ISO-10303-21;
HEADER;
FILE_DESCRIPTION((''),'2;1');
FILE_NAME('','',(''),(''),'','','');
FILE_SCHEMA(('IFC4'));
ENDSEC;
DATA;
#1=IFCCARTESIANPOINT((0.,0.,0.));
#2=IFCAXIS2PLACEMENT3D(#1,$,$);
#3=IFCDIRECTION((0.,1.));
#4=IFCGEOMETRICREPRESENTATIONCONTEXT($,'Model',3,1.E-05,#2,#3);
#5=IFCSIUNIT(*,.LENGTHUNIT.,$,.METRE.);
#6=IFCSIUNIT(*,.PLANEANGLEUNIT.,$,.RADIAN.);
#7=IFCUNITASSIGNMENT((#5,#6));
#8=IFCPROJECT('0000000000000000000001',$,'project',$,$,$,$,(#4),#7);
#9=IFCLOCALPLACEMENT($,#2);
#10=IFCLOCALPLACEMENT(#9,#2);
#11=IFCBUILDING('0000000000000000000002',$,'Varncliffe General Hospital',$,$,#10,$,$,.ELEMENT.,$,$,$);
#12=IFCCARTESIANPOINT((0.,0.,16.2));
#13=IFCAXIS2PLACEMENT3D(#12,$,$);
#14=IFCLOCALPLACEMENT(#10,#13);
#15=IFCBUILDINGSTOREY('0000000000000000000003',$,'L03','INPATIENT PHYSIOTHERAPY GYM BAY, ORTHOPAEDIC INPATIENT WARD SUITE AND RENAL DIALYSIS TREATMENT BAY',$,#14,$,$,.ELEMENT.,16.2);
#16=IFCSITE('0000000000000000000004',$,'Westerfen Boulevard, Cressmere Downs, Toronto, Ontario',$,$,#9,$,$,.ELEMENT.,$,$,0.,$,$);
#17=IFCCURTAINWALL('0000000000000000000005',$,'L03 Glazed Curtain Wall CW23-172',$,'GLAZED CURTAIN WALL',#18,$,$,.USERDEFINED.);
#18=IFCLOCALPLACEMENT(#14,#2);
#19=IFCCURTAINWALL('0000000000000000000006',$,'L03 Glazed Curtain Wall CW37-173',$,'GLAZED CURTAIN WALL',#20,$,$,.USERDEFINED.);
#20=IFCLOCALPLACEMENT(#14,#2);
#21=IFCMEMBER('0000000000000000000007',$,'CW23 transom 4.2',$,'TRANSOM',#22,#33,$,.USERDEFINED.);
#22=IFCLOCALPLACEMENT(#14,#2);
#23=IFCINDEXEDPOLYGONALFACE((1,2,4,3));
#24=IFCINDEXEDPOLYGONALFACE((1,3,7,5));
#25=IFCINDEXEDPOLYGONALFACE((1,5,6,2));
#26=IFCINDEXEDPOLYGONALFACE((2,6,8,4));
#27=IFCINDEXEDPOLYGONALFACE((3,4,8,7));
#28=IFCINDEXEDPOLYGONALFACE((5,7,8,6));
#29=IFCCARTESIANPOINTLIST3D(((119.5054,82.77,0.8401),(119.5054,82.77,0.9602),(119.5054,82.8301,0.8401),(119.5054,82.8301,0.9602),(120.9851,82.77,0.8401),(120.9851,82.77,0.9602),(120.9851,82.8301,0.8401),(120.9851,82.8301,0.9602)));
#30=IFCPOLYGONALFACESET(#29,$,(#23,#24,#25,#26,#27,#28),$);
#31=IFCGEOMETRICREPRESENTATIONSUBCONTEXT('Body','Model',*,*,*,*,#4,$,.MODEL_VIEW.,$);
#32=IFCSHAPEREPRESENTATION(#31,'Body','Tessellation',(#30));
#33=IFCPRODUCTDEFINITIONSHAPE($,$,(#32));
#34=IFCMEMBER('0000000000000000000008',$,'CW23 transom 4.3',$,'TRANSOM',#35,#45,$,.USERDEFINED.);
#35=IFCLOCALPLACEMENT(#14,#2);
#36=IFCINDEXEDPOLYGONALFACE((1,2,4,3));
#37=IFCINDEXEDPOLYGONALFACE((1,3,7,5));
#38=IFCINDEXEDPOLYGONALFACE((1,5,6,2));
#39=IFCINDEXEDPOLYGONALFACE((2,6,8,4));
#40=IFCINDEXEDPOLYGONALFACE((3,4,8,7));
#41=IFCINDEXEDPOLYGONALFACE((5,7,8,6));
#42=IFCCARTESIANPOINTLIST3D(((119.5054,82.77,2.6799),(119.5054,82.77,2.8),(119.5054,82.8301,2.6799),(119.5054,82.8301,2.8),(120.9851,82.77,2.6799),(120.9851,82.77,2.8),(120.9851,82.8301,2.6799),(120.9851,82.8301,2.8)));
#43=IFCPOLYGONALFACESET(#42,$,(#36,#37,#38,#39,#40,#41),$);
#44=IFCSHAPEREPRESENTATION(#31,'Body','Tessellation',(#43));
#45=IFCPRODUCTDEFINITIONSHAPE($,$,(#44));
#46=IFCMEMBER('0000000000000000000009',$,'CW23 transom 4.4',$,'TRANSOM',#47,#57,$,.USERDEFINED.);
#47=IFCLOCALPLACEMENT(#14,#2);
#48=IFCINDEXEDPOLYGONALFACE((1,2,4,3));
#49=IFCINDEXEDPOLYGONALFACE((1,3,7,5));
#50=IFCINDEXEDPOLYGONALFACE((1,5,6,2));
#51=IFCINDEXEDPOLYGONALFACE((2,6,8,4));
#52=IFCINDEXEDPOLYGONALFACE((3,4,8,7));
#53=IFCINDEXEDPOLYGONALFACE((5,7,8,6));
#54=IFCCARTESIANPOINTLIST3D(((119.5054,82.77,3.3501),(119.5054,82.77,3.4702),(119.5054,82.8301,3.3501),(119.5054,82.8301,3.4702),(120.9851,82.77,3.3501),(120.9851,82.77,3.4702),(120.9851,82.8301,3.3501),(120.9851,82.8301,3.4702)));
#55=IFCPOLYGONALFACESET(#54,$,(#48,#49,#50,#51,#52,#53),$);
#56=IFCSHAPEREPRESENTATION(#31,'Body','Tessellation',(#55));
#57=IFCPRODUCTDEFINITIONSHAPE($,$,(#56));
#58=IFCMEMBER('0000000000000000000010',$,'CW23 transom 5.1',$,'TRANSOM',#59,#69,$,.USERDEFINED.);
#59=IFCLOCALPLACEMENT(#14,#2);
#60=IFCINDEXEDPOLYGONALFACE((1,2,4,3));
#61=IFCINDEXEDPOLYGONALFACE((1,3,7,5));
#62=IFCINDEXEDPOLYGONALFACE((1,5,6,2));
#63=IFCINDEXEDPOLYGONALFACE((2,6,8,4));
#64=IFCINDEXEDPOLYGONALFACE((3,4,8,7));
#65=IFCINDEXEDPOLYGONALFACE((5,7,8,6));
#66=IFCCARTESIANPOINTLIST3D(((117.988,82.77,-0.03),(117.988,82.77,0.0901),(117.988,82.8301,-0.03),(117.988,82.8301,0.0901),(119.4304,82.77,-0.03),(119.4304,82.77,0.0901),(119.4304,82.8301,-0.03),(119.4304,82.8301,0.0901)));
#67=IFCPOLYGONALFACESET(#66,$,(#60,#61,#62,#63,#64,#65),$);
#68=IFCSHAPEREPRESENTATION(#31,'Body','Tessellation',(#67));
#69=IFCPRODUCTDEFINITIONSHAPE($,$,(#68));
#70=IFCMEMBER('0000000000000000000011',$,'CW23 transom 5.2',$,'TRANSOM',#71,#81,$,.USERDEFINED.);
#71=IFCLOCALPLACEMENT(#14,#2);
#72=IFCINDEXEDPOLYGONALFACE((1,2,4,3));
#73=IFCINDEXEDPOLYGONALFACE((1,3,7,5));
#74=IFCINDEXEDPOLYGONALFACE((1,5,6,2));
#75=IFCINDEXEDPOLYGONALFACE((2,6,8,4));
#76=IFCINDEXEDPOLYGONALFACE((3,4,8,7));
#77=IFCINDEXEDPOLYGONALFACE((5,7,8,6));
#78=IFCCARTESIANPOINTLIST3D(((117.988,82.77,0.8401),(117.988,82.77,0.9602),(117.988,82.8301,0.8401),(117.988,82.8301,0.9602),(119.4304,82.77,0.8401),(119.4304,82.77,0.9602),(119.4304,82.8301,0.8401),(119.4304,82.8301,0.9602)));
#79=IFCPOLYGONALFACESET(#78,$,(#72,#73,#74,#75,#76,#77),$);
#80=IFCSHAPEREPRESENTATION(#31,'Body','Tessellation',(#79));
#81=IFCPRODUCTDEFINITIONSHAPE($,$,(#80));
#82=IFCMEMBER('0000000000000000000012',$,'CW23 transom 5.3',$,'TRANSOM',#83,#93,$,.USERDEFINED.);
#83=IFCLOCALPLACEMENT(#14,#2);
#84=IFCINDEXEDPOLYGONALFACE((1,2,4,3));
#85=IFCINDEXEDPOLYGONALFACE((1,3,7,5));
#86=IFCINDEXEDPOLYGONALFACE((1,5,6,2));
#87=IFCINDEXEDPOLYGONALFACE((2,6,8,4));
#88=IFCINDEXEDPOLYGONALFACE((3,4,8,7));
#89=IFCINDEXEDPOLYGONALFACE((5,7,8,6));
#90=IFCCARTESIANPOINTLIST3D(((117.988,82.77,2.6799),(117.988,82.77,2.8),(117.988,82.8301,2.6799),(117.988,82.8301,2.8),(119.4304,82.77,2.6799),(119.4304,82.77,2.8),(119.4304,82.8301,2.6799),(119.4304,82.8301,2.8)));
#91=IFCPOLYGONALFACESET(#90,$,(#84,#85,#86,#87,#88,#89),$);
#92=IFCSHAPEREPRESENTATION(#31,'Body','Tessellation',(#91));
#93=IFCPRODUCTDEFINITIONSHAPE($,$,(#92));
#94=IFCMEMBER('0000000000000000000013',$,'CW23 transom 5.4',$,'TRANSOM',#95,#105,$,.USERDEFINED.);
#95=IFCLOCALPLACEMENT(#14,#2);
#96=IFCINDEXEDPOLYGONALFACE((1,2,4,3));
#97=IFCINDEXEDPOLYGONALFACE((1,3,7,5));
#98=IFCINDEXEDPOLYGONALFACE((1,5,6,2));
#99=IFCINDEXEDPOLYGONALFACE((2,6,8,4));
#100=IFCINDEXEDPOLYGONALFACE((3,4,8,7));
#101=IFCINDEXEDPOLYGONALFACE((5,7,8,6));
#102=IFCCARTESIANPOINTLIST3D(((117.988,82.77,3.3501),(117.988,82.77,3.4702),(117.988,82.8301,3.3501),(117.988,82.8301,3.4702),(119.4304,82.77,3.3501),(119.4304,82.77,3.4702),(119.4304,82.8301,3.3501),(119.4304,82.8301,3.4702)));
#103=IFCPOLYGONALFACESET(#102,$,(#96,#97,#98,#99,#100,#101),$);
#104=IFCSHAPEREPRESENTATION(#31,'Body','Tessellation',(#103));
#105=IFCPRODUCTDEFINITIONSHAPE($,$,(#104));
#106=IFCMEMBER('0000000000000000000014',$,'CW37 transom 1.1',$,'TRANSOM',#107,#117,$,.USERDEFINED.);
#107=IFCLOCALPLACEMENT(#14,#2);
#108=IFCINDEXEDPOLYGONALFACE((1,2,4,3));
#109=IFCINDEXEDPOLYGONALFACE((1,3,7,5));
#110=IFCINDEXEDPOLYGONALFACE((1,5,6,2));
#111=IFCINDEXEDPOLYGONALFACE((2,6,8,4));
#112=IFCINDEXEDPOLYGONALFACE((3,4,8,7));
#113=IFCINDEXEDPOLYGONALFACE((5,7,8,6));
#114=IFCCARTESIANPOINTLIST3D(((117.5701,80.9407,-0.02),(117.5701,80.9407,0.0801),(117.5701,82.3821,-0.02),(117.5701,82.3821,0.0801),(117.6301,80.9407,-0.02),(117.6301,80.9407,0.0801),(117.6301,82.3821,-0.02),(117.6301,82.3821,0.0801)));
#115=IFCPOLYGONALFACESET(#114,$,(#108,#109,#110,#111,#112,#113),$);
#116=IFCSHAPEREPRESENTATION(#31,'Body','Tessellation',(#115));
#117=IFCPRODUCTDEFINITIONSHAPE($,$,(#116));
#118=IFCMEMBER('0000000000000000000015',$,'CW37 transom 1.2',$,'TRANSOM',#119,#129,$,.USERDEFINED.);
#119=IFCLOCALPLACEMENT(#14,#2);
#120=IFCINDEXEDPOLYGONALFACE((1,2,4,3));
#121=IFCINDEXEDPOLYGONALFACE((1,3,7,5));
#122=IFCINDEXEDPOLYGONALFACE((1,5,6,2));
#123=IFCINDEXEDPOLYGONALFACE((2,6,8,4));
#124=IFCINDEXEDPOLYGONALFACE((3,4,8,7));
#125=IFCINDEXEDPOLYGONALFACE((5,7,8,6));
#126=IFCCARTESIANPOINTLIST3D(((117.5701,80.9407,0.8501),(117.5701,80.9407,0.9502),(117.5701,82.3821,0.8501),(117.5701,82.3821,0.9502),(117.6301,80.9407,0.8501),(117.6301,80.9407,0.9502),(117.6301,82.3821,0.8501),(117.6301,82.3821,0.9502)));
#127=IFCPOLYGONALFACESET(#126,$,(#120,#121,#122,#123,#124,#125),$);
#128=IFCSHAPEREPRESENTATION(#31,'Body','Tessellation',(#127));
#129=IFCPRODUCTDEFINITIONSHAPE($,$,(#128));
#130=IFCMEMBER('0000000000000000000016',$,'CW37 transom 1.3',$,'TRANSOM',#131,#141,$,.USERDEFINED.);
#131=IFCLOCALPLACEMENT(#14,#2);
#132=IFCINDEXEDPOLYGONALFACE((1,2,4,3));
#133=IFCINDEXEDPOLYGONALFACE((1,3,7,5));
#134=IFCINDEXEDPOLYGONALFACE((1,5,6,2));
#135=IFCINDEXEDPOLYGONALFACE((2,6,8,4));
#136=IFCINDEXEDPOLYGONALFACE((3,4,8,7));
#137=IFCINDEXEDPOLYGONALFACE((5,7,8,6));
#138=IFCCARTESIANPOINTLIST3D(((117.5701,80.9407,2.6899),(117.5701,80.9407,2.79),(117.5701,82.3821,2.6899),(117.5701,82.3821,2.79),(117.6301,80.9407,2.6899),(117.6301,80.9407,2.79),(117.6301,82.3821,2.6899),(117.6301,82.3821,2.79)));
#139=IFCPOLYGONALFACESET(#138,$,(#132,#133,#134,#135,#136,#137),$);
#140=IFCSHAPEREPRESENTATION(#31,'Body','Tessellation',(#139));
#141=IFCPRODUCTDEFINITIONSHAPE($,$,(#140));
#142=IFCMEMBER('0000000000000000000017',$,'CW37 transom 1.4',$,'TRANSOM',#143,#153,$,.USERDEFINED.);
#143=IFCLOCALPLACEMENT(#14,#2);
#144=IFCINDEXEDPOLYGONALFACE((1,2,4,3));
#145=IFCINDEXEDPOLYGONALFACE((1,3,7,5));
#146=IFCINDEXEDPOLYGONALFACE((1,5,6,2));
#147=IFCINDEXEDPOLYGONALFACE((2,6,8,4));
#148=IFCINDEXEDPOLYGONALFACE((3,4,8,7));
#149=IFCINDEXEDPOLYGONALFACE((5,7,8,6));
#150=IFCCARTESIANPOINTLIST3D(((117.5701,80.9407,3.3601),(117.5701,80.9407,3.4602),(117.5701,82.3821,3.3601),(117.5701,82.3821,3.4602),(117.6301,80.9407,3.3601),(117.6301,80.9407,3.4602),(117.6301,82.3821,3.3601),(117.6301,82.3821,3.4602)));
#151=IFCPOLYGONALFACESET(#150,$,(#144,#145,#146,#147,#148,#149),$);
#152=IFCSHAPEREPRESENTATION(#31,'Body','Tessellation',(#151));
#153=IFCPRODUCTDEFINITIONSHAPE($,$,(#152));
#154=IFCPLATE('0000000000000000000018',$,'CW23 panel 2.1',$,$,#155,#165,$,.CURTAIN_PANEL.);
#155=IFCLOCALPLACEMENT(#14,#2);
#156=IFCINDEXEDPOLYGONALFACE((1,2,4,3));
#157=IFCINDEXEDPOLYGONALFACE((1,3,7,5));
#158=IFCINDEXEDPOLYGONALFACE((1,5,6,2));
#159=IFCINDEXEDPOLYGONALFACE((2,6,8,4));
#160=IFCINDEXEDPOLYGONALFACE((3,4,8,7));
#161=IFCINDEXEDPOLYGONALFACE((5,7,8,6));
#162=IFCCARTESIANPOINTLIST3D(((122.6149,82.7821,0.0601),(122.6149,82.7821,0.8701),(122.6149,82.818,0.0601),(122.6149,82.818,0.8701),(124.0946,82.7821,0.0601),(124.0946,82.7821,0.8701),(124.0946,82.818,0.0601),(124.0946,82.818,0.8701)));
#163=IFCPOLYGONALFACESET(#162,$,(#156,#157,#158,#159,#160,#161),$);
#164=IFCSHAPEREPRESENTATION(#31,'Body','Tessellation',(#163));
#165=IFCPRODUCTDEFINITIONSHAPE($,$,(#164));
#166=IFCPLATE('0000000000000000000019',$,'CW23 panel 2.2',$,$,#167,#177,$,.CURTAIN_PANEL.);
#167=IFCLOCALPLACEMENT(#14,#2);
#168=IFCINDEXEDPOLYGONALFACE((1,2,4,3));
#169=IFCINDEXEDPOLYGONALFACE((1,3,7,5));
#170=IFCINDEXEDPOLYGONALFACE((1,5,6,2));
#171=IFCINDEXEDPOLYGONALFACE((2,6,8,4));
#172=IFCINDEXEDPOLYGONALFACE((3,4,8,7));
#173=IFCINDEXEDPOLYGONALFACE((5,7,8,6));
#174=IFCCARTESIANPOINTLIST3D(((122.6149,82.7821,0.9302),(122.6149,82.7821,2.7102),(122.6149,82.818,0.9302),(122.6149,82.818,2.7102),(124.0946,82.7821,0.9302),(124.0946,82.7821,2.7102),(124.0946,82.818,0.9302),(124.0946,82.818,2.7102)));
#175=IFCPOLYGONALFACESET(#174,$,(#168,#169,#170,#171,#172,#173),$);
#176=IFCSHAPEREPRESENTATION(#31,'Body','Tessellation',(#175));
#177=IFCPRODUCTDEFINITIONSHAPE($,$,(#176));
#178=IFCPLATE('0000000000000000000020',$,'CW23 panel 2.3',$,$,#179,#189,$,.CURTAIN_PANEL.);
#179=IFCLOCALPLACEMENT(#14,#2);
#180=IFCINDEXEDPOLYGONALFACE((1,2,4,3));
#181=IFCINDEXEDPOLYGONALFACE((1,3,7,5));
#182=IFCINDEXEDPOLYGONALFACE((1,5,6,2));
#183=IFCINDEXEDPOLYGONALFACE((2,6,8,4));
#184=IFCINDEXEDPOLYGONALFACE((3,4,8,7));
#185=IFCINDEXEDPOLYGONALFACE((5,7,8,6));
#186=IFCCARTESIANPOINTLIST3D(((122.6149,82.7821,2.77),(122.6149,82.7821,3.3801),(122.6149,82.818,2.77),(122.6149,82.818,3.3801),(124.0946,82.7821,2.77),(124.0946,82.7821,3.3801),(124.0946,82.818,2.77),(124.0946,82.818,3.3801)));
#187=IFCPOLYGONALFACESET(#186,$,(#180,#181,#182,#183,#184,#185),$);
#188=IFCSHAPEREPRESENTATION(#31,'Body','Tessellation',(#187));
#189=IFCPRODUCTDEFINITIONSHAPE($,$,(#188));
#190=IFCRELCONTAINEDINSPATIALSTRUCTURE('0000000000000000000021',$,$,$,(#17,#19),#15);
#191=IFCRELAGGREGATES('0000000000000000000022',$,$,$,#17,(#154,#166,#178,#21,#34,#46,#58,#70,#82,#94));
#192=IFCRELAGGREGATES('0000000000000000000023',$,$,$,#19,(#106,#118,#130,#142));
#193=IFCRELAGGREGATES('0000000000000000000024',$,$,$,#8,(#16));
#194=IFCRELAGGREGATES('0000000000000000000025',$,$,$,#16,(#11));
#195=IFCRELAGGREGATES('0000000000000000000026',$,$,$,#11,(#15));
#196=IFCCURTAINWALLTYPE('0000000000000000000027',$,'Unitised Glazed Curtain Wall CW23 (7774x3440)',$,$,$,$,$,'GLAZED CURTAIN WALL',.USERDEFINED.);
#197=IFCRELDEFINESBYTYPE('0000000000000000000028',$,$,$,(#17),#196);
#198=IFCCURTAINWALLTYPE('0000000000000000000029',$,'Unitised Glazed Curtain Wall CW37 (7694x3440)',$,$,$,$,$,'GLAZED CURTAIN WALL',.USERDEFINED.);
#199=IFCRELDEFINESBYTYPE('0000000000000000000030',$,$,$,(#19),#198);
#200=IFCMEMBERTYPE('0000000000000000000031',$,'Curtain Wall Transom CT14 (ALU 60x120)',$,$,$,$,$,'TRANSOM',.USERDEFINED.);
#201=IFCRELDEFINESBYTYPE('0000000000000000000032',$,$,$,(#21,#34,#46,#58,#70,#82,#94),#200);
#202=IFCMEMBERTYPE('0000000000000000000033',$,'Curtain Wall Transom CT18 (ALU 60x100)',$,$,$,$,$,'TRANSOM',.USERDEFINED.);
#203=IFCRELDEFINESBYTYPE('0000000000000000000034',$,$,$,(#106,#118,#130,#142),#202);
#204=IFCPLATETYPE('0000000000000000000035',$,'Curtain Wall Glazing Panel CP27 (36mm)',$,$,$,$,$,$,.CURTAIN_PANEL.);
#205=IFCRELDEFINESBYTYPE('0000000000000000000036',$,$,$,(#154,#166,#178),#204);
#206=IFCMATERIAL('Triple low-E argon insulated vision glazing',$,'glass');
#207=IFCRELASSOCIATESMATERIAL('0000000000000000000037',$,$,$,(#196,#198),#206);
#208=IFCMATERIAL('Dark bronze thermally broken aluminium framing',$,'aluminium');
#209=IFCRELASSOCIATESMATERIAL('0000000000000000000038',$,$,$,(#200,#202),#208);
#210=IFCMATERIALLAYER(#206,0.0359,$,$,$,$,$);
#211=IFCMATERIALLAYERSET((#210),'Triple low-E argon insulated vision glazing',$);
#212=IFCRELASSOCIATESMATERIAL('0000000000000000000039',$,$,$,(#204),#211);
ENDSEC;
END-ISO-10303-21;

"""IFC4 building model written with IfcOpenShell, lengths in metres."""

from ifc_helpers import new_model, si_unit, direction, frame, origin, origin_2d, place, context, subcontext, project, spatial, rectangle, extrude, material, layer, layer_set, material_profile, profile_set, type_object, element, aggregate, save


model = new_model("IFC4")

# Units and contexts
model_context = context("Model", 3, precision=1e-05, world=origin(), true_north=direction((0.0, 1.0)))
body_context = subcontext(model_context, "Body", "Model", "MODEL_VIEW")
ifc_project = project(units=[si_unit("LENGTHUNIT", "METRE"), si_unit("PLANEANGLEUNIT", "RADIAN")], contexts=[model_context])

# Site, building, storey
site_placement = place(None, origin())
site = spatial("IfcSite", under=ifc_project, at=site_placement, Name="Westerfen Boulevard, Cressmere Downs, Toronto, Ontario", CompositionType="ELEMENT", RefElevation=0.0)
building_placement = place(site_placement, origin())
building = spatial("IfcBuilding", under=site, at=building_placement, Name="Varncliffe General Hospital", CompositionType="ELEMENT")
storey_placement = place(building_placement, frame((0.0, 0.0, 16.2)))
storey = spatial("IfcBuildingStorey", under=building, at=storey_placement, Name="L03", Description="INPATIENT PHYSIOTHERAPY GYM BAY, ORTHOPAEDIC INPATIENT WARD SUITE AND RENAL DIALYSIS TREATMENT BAY", CompositionType="ELEMENT", Elevation=16.2)

# Curtain wall
ifc_material_1 = material(Name="Triple low-E argon insulated vision glazing", Category="glass")
curtain_wall_type_1 = type_object("IfcCurtainWallType", Name="Unitised Glazed Curtain Wall CW23 (7774x3440)", ElementType="GLAZED CURTAIN WALL", PredefinedType="USERDEFINED", material=ifc_material_1)
curtain_wall_1_placement = place(storey_placement, origin())
curtain_wall_1 = element("IfcCurtainWall", 1, at=curtain_wall_1_placement, inside=storey, type_object=curtain_wall_type_1, Name="L03 Glazed Curtain Wall CW23-172", ObjectType="GLAZED CURTAIN WALL", PredefinedType="USERDEFINED")
ifc_material_2 = material(Name="Dark bronze thermally broken aluminium framing", Category="aluminium")

# Curtain wall
curtain_wall_type_2 = type_object("IfcCurtainWallType", Name="Unitised Glazed Curtain Wall CW37 (7694x3440)", ElementType="GLAZED CURTAIN WALL", PredefinedType="USERDEFINED", material=ifc_material_1)
curtain_wall_2_placement = place(storey_placement, origin())
curtain_wall_2 = element("IfcCurtainWall", 2, at=curtain_wall_2_placement, inside=storey, type_object=curtain_wall_type_2, Name="L03 Glazed Curtain Wall CW37-173", ObjectType="GLAZED CURTAIN WALL", PredefinedType="USERDEFINED")

# Members
ifc_material_profile_1 = material_profile(ifc_material_2, rectangle(XDim=0.0601, YDim=0.1201, at=origin_2d()), Name="ALU 60x120")
ifc_profile_set_1 = profile_set([ifc_material_profile_1], Name="Dark bronze thermally broken aluminium framing")
member_type_1 = type_object("IfcMemberType", Name="Curtain Wall Transom CT14 (ALU 60x120)", ElementType="TRANSOM", PredefinedType="USERDEFINED", material=ifc_profile_set_1)
member_1_placement = place(storey_placement, frame((120.9851, 82.8, 0.9001), z_axis=(-1.0, 0.0, 0.0), x_axis=(0.0, -1.0, 0.0)))
member_1 = element("IfcMember", 3, at=member_1_placement, type_object=member_type_1, Name="CW23 transom 4.2", ObjectType="TRANSOM", PredefinedType="USERDEFINED", context=body_context, shape_type="SweptSolid", body=[
    extrude(rectangle(XDim=0.0601, YDim=0.1201, at=origin_2d()), origin(), (0.0, 0.0, 1.0), 1.4797),
])
member_2_placement = place(storey_placement, frame((120.9851, 82.8, 2.74), z_axis=(-1.0, 0.0, 0.0), x_axis=(0.0, -1.0, 0.0)))
member_2 = element("IfcMember", 4, at=member_2_placement, type_object=member_type_1, Name="CW23 transom 4.3", ObjectType="TRANSOM", PredefinedType="USERDEFINED", context=body_context, shape_type="SweptSolid", body=[
    extrude(rectangle(XDim=0.0601, YDim=0.1201, at=origin_2d()), origin(), (0.0, 0.0, 1.0), 1.4797),
])
member_3_placement = place(storey_placement, frame((120.9851, 82.8, 3.4102), z_axis=(-1.0, 0.0, 0.0), x_axis=(0.0, -1.0, 0.0)))
member_3 = element("IfcMember", 5, at=member_3_placement, type_object=member_type_1, Name="CW23 transom 4.4", ObjectType="TRANSOM", PredefinedType="USERDEFINED", context=body_context, shape_type="SweptSolid", body=[
    extrude(rectangle(XDim=0.0601, YDim=0.1201, at=origin_2d()), origin(), (0.0, 0.0, 1.0), 1.4797),
])
member_4_placement = place(storey_placement, frame((119.4304, 82.8, 0.03), z_axis=(-1.0, 0.0, 0.0), x_axis=(0.0, -1.0, 0.0)))
member_4 = element("IfcMember", 6, at=member_4_placement, type_object=member_type_1, Name="CW23 transom 5.1", ObjectType="TRANSOM", PredefinedType="USERDEFINED", context=body_context, shape_type="SweptSolid", body=[
    extrude(rectangle(XDim=0.0601, YDim=0.1201, at=origin_2d()), origin(), (0.0, 0.0, 1.0), 1.4424),
])
member_5_placement = place(storey_placement, frame((119.4304, 82.8, 0.9001), z_axis=(-1.0, 0.0, 0.0), x_axis=(0.0, -1.0, 0.0)))
member_5 = element("IfcMember", 7, at=member_5_placement, type_object=member_type_1, Name="CW23 transom 5.2", ObjectType="TRANSOM", PredefinedType="USERDEFINED", context=body_context, shape_type="SweptSolid", body=[
    extrude(rectangle(XDim=0.0601, YDim=0.1201, at=origin_2d()), origin(), (0.0, 0.0, 1.0), 1.4424),
])
member_6_placement = place(storey_placement, frame((119.4304, 82.8, 2.74), z_axis=(-1.0, 0.0, 0.0), x_axis=(0.0, -1.0, 0.0)))
member_6 = element("IfcMember", 8, at=member_6_placement, type_object=member_type_1, Name="CW23 transom 5.3", ObjectType="TRANSOM", PredefinedType="USERDEFINED", context=body_context, shape_type="SweptSolid", body=[
    extrude(rectangle(XDim=0.0601, YDim=0.1201, at=origin_2d()), origin(), (0.0, 0.0, 1.0), 1.4424),
])
member_7_placement = place(storey_placement, frame((119.4304, 82.8, 3.4102), z_axis=(-1.0, 0.0, 0.0), x_axis=(0.0, -1.0, 0.0)))
member_7 = element("IfcMember", 9, at=member_7_placement, type_object=member_type_1, Name="CW23 transom 5.4", ObjectType="TRANSOM", PredefinedType="USERDEFINED", context=body_context, shape_type="SweptSolid", body=[
    extrude(rectangle(XDim=0.0601, YDim=0.1201, at=origin_2d()), origin(), (0.0, 0.0, 1.0), 1.4424),
])
ifc_material_profile_2 = material_profile(ifc_material_2, rectangle(XDim=0.0601, YDim=0.1001, at=origin_2d()), Name="ALU 60x100")
ifc_profile_set_2 = profile_set([ifc_material_profile_2], Name="Dark bronze thermally broken aluminium framing")
member_type_2 = type_object("IfcMemberType", Name="Curtain Wall Transom CT18 (ALU 60x100)", ElementType="TRANSOM", PredefinedType="USERDEFINED", material=ifc_profile_set_2)
member_8_placement = place(storey_placement, frame((117.6001, 82.3821, 0.03), z_axis=(0.0, -1.0, 0.0), x_axis=(1.0, 0.0, 0.0)))
member_8 = element("IfcMember", 10, at=member_8_placement, type_object=member_type_2, Name="CW37 transom 1.1", ObjectType="TRANSOM", PredefinedType="USERDEFINED", context=body_context, shape_type="SweptSolid", body=[
    extrude(rectangle(XDim=0.0601, YDim=0.1001, at=origin_2d()), origin(), (0.0, 0.0, 1.0), 1.4414),
])
member_9_placement = place(storey_placement, frame((117.6001, 82.3821, 0.9001), z_axis=(0.0, -1.0, 0.0), x_axis=(1.0, 0.0, 0.0)))
member_9 = element("IfcMember", 11, at=member_9_placement, type_object=member_type_2, Name="CW37 transom 1.2", ObjectType="TRANSOM", PredefinedType="USERDEFINED", context=body_context, shape_type="SweptSolid", body=[
    extrude(rectangle(XDim=0.0601, YDim=0.1001, at=origin_2d()), origin(), (0.0, 0.0, 1.0), 1.4414),
])
member_10_placement = place(storey_placement, frame((117.6001, 82.3821, 2.74), z_axis=(0.0, -1.0, 0.0), x_axis=(1.0, 0.0, 0.0)))
member_10 = element("IfcMember", 12, at=member_10_placement, type_object=member_type_2, Name="CW37 transom 1.3", ObjectType="TRANSOM", PredefinedType="USERDEFINED", context=body_context, shape_type="SweptSolid", body=[
    extrude(rectangle(XDim=0.0601, YDim=0.1001, at=origin_2d()), origin(), (0.0, 0.0, 1.0), 1.4414),
])
member_11_placement = place(storey_placement, frame((117.6001, 82.3821, 3.4102), z_axis=(0.0, -1.0, 0.0), x_axis=(1.0, 0.0, 0.0)))
member_11 = element("IfcMember", 13, at=member_11_placement, type_object=member_type_2, Name="CW37 transom 1.4", ObjectType="TRANSOM", PredefinedType="USERDEFINED", context=body_context, shape_type="SweptSolid", body=[
    extrude(rectangle(XDim=0.0601, YDim=0.1001, at=origin_2d()), origin(), (0.0, 0.0, 1.0), 1.4414),
])

# Plates
ifc_layer_1 = layer(ifc_material_1, 0.0359)
ifc_layer_set_1 = layer_set([ifc_layer_1], Name="Triple low-E argon insulated vision glazing")
plate_type_1 = type_object("IfcPlateType", Name="Curtain Wall Glazing Panel CP27 (36mm)", PredefinedType="CURTAIN_PANEL", material=ifc_layer_set_1)
plate_1_placement = place(storey_placement, frame((123.3547, 82.8, 0.0601), z_axis=(0.0, 0.0, 1.0), x_axis=(-1.0, 0.0, 0.0)))
plate_1 = element("IfcPlate", 14, at=plate_1_placement, type_object=plate_type_1, Name="CW23 panel 2.1", PredefinedType="CURTAIN_PANEL", context=body_context, shape_type="SweptSolid", body=[
    extrude(rectangle(XDim=1.4797, YDim=0.0359, at=origin_2d()), origin(), (0.0, 0.0, 1.0), 0.8101),
])
plate_2_placement = place(storey_placement, frame((123.3547, 82.8, 0.9302), z_axis=(0.0, 0.0, 1.0), x_axis=(-1.0, 0.0, 0.0)))
plate_2 = element("IfcPlate", 15, at=plate_2_placement, type_object=plate_type_1, Name="CW23 panel 2.2", PredefinedType="CURTAIN_PANEL", context=body_context, shape_type="SweptSolid", body=[
    extrude(rectangle(XDim=1.4797, YDim=0.0359, at=origin_2d()), origin(), (0.0, 0.0, 1.0), 1.78),
])
plate_3_placement = place(storey_placement, frame((123.3547, 82.8, 2.77), z_axis=(0.0, 0.0, 1.0), x_axis=(-1.0, 0.0, 0.0)))
plate_3 = element("IfcPlate", 16, at=plate_3_placement, type_object=plate_type_1, Name="CW23 panel 2.3", PredefinedType="CURTAIN_PANEL", context=body_context, shape_type="SweptSolid", body=[
    extrude(rectangle(XDim=1.4797, YDim=0.0359, at=origin_2d()), origin(), (0.0, 0.0, 1.0), 0.6101),
])
aggregate(curtain_wall_1, [plate_1, plate_2, plate_3, member_1, member_2, member_3, member_4, member_5, member_6, member_7])
aggregate(curtain_wall_2, [member_8, member_9, member_10, member_11])

save(model, "model.ifc")
